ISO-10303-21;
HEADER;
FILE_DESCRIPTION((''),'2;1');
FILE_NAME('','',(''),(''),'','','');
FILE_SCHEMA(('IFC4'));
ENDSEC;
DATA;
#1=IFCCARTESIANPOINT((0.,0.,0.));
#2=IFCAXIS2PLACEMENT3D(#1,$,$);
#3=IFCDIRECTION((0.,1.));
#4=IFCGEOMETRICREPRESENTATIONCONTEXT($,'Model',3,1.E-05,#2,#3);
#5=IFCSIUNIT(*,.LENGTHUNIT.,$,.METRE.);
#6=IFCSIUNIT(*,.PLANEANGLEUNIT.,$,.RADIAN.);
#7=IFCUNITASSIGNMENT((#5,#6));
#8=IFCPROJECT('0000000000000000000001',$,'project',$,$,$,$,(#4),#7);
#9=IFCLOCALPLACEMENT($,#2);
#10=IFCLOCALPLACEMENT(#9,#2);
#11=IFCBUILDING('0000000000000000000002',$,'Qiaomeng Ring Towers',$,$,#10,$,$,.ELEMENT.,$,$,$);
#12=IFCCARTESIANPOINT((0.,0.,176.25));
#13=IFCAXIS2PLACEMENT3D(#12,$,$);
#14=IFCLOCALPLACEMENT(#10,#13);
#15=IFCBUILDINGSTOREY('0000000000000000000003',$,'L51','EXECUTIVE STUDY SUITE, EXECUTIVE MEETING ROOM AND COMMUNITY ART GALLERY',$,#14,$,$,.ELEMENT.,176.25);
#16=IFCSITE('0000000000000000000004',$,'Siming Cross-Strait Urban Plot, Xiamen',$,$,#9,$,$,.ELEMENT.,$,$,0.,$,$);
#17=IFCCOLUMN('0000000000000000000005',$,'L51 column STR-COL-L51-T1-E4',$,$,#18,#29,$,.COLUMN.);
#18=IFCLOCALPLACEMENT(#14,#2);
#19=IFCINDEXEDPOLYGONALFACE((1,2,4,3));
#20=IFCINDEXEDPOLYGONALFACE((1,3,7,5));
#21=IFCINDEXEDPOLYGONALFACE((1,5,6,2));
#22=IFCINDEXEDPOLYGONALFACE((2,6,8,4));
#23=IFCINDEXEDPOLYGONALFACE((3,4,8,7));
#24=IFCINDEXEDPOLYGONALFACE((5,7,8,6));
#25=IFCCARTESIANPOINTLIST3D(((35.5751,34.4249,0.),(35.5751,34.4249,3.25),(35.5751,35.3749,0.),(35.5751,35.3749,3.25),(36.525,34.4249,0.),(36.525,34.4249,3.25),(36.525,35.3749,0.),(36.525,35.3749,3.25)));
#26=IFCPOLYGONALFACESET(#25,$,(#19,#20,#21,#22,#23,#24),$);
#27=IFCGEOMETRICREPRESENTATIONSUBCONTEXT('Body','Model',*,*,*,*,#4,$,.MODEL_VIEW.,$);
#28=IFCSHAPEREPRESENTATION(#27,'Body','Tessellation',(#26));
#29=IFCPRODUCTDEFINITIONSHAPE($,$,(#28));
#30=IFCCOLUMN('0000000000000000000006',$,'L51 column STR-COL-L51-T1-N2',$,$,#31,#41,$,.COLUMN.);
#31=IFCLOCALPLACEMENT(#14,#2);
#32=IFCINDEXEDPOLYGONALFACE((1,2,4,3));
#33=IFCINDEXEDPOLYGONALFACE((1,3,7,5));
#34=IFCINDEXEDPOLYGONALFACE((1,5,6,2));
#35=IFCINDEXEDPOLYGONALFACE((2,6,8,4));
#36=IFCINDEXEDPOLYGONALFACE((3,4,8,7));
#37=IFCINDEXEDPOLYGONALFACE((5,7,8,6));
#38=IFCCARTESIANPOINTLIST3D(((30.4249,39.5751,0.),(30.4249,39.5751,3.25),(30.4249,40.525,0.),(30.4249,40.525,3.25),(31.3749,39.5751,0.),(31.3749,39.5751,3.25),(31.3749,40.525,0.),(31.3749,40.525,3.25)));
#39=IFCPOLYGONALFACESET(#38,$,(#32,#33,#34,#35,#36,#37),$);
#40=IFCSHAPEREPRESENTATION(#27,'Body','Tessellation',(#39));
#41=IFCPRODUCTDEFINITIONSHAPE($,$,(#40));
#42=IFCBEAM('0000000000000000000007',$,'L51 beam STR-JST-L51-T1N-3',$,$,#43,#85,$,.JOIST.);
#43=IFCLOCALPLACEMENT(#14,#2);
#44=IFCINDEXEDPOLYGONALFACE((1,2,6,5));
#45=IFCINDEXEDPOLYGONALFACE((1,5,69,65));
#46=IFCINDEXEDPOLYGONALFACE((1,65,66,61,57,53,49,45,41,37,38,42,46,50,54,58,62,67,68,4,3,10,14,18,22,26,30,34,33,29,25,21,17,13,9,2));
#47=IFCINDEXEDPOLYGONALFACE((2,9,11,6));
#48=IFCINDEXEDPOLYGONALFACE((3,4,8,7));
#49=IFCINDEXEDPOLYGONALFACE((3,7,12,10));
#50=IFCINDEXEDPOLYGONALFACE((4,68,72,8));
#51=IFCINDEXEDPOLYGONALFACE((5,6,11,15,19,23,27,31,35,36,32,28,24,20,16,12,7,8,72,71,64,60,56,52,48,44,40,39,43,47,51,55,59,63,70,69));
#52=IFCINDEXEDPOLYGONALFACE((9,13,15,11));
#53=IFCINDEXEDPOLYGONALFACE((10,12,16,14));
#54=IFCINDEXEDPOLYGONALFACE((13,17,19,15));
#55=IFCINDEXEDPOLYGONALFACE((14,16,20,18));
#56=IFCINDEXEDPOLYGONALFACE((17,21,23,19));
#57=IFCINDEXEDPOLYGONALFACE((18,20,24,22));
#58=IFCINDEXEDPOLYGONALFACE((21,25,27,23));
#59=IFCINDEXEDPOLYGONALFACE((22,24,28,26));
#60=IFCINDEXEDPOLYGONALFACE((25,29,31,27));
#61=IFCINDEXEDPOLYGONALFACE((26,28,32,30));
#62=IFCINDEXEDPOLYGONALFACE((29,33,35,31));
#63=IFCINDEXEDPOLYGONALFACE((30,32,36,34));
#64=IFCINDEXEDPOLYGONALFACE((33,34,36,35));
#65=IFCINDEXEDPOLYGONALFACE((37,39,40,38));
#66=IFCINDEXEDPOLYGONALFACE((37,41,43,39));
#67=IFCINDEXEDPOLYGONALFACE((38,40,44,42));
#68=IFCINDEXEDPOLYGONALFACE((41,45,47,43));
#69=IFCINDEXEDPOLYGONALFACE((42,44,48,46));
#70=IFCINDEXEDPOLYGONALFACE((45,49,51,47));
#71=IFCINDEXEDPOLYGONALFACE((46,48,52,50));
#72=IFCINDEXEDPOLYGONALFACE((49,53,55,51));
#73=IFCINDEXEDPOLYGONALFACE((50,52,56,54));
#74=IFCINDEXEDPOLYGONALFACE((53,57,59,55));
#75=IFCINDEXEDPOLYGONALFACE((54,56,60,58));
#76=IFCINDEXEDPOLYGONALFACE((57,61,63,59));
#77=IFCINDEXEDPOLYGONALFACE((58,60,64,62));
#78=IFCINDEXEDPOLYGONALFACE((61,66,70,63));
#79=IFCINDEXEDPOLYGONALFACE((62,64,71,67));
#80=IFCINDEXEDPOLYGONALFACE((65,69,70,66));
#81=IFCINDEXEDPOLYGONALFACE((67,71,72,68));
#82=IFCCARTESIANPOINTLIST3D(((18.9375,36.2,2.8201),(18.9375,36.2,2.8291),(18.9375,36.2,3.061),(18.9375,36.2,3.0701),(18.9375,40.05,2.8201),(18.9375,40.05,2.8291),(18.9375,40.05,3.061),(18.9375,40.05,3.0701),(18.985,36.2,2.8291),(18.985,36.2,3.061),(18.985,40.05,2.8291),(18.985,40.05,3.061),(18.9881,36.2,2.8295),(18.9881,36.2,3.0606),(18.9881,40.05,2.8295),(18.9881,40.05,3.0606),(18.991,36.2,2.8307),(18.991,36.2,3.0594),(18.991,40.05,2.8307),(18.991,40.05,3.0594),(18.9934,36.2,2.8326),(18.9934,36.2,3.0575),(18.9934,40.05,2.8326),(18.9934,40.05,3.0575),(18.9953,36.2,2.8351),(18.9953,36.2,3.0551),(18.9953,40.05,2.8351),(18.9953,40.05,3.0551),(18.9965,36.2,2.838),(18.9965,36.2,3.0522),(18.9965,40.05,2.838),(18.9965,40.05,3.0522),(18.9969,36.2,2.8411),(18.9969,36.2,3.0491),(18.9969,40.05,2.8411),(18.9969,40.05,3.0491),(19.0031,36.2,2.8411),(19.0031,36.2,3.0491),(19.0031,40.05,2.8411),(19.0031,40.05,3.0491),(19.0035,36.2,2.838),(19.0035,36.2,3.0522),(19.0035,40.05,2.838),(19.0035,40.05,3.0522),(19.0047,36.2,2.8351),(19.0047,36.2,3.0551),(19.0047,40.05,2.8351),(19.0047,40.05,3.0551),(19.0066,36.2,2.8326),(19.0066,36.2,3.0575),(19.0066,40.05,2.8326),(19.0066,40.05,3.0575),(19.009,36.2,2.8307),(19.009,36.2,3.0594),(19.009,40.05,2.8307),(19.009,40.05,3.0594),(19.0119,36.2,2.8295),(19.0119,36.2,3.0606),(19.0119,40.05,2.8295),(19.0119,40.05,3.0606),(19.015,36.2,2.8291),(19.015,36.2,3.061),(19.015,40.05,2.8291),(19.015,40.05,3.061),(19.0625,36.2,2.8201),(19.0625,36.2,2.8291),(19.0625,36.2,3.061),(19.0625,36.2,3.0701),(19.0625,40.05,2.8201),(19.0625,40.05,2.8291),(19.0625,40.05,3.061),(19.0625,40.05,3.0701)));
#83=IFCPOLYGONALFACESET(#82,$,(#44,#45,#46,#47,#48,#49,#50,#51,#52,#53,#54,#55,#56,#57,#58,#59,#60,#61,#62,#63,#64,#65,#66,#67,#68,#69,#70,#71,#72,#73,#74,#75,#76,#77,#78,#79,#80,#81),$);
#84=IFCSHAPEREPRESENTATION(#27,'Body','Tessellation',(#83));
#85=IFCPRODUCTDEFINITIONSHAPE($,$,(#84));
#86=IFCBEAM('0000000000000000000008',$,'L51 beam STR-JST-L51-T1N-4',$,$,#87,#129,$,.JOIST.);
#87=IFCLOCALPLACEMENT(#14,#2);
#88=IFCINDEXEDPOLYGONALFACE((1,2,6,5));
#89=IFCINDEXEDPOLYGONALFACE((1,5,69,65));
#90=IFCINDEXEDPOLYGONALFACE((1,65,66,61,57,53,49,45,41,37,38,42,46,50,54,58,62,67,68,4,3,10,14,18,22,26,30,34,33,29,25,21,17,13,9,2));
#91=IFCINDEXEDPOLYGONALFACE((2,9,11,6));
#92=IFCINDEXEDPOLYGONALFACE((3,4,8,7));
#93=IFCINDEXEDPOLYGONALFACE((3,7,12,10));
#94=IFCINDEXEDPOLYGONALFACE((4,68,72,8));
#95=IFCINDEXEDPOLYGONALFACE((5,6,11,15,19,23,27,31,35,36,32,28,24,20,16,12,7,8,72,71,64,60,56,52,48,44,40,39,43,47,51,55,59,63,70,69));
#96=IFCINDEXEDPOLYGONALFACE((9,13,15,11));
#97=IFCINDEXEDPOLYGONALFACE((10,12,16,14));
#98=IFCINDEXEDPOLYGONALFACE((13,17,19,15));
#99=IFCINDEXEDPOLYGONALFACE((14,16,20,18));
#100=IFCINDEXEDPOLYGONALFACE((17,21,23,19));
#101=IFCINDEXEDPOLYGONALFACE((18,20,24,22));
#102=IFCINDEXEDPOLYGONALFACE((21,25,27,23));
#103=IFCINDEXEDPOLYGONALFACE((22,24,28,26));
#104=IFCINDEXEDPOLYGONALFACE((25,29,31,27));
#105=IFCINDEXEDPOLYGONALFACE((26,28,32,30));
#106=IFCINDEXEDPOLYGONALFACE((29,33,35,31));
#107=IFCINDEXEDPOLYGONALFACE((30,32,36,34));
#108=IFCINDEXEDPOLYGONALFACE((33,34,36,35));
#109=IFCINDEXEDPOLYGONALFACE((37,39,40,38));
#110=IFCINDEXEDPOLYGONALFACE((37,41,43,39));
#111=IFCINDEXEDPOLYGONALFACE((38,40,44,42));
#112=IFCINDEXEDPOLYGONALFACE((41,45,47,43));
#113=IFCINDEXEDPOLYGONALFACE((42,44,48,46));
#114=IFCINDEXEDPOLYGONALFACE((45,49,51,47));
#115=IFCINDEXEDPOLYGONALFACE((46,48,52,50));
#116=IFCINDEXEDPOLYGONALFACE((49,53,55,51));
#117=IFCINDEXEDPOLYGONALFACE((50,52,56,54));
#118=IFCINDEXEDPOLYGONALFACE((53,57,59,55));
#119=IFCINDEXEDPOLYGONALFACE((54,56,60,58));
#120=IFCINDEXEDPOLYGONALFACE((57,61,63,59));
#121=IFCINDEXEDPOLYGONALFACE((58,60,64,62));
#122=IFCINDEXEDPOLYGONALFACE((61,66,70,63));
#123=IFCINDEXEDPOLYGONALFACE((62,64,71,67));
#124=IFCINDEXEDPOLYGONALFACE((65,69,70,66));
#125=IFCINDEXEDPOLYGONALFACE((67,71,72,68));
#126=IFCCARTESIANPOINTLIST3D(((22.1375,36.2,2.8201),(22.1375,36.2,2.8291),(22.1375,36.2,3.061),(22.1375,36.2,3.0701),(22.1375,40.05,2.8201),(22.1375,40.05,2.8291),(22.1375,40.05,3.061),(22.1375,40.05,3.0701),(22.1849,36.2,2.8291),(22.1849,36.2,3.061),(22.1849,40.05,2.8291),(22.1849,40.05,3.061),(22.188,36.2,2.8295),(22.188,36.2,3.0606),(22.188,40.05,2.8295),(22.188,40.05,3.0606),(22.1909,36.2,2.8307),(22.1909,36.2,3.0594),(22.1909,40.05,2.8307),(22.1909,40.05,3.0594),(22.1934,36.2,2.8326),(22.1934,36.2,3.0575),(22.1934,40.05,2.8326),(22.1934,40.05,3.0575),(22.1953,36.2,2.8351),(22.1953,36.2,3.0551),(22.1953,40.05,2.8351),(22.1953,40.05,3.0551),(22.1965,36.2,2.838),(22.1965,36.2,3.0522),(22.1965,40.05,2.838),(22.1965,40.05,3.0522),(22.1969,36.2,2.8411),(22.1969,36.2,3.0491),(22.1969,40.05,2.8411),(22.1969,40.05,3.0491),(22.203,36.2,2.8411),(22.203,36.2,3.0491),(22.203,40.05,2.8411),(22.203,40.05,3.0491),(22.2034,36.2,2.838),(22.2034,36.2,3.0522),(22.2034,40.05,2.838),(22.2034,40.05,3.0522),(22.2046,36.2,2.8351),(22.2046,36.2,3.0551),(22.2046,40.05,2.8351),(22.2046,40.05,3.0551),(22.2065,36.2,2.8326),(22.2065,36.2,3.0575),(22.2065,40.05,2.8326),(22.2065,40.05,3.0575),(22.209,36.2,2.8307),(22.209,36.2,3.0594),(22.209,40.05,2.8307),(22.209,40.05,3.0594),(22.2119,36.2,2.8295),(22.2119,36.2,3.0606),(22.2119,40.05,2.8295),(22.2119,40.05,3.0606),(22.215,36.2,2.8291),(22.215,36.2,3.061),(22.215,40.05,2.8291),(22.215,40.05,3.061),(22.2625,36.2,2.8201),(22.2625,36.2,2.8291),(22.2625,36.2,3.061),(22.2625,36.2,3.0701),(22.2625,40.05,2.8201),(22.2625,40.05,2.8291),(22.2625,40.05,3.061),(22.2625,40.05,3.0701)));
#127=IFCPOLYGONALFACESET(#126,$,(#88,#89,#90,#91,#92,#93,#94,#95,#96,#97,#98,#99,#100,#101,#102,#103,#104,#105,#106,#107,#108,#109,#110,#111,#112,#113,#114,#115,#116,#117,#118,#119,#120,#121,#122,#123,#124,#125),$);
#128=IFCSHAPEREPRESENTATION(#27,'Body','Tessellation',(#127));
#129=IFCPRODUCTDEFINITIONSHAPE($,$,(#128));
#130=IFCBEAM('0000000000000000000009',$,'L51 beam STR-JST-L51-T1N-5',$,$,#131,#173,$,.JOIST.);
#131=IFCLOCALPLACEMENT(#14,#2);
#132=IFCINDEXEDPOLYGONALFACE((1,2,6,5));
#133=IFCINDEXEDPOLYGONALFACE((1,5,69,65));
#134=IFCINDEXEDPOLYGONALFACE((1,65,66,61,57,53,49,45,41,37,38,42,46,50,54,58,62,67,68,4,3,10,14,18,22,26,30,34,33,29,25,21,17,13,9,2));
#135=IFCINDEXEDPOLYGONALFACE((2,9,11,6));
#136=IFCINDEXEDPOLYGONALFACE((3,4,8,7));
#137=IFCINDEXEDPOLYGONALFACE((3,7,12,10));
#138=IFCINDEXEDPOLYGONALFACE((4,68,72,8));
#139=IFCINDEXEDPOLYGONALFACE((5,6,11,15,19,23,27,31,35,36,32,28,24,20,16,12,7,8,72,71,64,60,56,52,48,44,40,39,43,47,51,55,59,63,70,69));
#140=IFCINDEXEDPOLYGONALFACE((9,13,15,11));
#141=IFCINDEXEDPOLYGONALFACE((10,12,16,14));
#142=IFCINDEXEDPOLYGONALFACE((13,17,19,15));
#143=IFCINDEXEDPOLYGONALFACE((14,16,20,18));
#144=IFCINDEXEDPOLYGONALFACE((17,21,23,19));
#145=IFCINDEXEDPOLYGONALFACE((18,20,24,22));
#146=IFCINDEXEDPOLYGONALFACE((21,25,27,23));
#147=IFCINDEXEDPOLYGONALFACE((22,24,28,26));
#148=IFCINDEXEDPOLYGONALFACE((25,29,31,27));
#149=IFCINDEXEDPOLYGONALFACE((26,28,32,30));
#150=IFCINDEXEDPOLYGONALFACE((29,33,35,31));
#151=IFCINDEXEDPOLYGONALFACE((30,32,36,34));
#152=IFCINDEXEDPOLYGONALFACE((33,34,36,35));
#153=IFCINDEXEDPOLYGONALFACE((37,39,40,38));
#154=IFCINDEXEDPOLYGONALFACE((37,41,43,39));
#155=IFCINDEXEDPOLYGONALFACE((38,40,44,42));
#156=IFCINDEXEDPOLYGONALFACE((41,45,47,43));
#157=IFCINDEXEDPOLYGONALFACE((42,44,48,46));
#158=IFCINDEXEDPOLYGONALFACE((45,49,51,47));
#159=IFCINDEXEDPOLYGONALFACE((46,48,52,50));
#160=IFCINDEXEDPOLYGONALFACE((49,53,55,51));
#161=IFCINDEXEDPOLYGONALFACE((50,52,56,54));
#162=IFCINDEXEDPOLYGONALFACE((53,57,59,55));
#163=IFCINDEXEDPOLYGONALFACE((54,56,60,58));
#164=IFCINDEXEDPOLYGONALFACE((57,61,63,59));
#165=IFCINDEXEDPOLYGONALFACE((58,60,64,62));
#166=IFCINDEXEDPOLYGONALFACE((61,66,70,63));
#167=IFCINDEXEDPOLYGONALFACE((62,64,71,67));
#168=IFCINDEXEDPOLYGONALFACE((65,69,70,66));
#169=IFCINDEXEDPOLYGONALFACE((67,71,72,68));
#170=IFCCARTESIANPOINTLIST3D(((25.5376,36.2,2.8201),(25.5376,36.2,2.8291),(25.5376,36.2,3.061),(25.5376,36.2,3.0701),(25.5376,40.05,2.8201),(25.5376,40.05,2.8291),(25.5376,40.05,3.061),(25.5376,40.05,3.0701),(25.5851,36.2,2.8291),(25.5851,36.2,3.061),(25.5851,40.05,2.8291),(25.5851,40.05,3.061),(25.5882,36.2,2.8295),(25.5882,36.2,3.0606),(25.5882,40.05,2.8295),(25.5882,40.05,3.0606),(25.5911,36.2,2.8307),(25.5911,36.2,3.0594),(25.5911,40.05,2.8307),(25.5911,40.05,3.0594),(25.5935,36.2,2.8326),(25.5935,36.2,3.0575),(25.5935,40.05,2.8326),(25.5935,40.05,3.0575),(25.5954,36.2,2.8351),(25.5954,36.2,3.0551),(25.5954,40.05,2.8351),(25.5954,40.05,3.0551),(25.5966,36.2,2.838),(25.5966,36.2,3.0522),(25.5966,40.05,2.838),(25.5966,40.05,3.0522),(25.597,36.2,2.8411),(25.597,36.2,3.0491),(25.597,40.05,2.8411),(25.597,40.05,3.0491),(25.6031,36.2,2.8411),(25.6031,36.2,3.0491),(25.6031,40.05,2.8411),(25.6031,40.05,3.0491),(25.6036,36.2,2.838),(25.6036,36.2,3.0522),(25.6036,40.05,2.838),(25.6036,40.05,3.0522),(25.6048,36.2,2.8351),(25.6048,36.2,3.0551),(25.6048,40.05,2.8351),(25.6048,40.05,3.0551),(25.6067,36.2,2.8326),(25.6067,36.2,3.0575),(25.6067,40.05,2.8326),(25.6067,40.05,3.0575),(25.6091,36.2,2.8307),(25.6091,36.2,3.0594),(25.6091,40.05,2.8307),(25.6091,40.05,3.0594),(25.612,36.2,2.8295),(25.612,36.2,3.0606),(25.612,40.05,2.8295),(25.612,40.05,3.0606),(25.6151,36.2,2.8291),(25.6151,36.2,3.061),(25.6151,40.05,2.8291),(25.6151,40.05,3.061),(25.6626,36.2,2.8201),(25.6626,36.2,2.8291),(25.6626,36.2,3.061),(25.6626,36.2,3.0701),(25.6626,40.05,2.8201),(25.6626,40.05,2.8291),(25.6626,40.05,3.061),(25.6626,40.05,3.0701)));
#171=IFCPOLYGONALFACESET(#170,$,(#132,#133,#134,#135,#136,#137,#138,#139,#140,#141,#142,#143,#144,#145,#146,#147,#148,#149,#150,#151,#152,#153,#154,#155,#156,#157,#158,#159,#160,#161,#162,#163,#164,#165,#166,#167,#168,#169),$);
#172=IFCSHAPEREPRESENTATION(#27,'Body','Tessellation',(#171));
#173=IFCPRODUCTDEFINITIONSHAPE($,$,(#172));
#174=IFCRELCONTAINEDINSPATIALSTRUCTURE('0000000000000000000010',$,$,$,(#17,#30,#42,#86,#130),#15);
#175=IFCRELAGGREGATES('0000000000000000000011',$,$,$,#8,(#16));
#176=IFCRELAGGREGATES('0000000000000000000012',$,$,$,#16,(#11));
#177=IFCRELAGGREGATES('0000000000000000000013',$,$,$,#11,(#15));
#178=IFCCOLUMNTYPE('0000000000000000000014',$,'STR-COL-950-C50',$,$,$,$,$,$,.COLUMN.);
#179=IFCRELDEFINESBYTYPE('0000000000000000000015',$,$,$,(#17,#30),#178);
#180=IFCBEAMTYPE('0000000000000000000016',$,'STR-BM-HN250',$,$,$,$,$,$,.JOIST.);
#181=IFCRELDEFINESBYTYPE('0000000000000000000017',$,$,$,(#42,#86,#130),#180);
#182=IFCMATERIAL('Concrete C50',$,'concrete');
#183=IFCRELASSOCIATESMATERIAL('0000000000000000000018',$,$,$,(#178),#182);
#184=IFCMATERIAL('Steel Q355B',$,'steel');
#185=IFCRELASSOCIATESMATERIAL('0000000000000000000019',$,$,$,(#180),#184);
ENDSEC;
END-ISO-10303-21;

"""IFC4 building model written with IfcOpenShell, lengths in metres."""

from ifc_helpers import new_model, si_unit, direction, frame, origin, origin_2d, place, context, subcontext, project, spatial, rectangle, i_section, extrude, source, transform, mapped, material, material_profile, profile_set, type_object, element, save


model = new_model("IFC4")

# Units and contexts
model_context = context("Model", 3, precision=1e-05, world=origin(), true_north=direction((0.0, 1.0)))
body_context = subcontext(model_context, "Body", "Model", "MODEL_VIEW")
ifc_project = project(units=[si_unit("LENGTHUNIT", "METRE"), si_unit("PLANEANGLEUNIT", "RADIAN")], contexts=[model_context])

# Site, building, storey
site_placement = place(None, origin())
site = spatial("IfcSite", under=ifc_project, at=site_placement, Name="Siming Cross-Strait Urban Plot, Xiamen", CompositionType="ELEMENT", RefElevation=0.0)
building_placement = place(site_placement, origin())
building = spatial("IfcBuilding", under=site, at=building_placement, Name="Qiaomeng Ring Towers", CompositionType="ELEMENT")
storey_placement = place(building_placement, frame((0.0, 0.0, 176.25)))
storey = spatial("IfcBuildingStorey", under=building, at=storey_placement, Name="L51", Description="EXECUTIVE STUDY SUITE, EXECUTIVE MEETING ROOM AND COMMUNITY ART GALLERY", CompositionType="ELEMENT", Elevation=176.25)

# Columns
ifc_material_1 = material(Name="Concrete C50", Category="concrete")
ifc_material_profile_1 = material_profile(ifc_material_1, rectangle(XDim=0.95, YDim=0.95, at=origin_2d()), Name="RC COL 950x950")
ifc_profile_set_1 = profile_set([ifc_material_profile_1], Name="Concrete C50")
column_type = type_object("IfcColumnType", Name="STR-COL-950-C50", PredefinedType="COLUMN", material=ifc_profile_set_1)
shared_shape_1 = source(origin(), body_context, "Body", "SweptSolid", [
    extrude(rectangle(XDim=0.95, YDim=0.95, at=origin_2d()), origin(), (0.0, 0.0, 1.0), 3.25),
])
for number, where, z_axis, x_axis, name in (
    (1, (36.05, 34.8999, 0.0), (0.0, 0.0, 1.0), (1.0, 0.0, 0.0), "L51 column STR-COL-L51-T1-E4"),
    (2, (30.8999, 40.05, 0.0), (0.0, 0.0, 1.0), (1.0, 0.0, 0.0), "L51 column STR-COL-L51-T1-N2"),
):
    element("IfcColumn", number, at=place(storey_placement, frame(where, z_axis=z_axis, x_axis=x_axis)), inside=storey, type_object=column_type, Name=name, PredefinedType="COLUMN", context=body_context, shape_type="MappedRepresentation", body=[
        mapped(shared_shape_1, transform((0.0, 0.0, 0.0), x_axis=(1.0, 0.0, 0.0), y_axis=(0.0, 1.0, 0.0), z_axis=(0.0, 0.0, 1.0), scale=1.0)),
    ])

# Beams
ifc_material_2 = material(Name="Steel Q355B", Category="steel")
ifc_material_profile_2 = material_profile(ifc_material_2, i_section(OverallWidth=0.125, OverallDepth=0.25, WebThickness=0.0061, FlangeThickness=0.009, FilletRadius=0.012, at=origin_2d()), Name="HN 250x125x6x9")
ifc_profile_set_2 = profile_set([ifc_material_profile_2], Name="Steel Q355B")
beam_type_1 = type_object("IfcBeamType", Name="STR-BM-HN250", PredefinedType="JOIST", material=ifc_profile_set_2)
shared_shape_2 = source(origin(), body_context, "Body", "SweptSolid", [
    extrude(i_section(OverallWidth=0.125, OverallDepth=0.25, WebThickness=0.0061, FlangeThickness=0.009, FilletRadius=0.012, at=origin_2d()), origin(), (0.0, 0.0, 1.0), 3.8501),
])
for number, where, z_axis, x_axis, name in (
    (3, (19.0, 36.2, 2.9451), (0.0, 1.0, 0.0), (-1.0, 0.0, 0.0), "L51 beam STR-JST-L51-T1N-3"),
    (4, (22.2, 36.2, 2.9451), (0.0, 1.0, 0.0), (-1.0, 0.0, 0.0), "L51 beam STR-JST-L51-T1N-4"),
    (5, (25.6001, 36.2, 2.9451), (0.0, 1.0, 0.0), (-1.0, 0.0, 0.0), "L51 beam STR-JST-L51-T1N-5"),
):
    element("IfcBeam", number, at=place(storey_placement, frame(where, z_axis=z_axis, x_axis=x_axis)), inside=storey, type_object=beam_type_1, Name=name, PredefinedType="JOIST", context=body_context, shape_type="MappedRepresentation", body=[
        mapped(shared_shape_2, transform((0.0, 0.0, 0.0), x_axis=(1.0, 0.0, 0.0), y_axis=(0.0, 1.0, 0.0), z_axis=(0.0, 0.0, 1.0), scale=1.0)),
    ])

save(model, "model.ifc")
